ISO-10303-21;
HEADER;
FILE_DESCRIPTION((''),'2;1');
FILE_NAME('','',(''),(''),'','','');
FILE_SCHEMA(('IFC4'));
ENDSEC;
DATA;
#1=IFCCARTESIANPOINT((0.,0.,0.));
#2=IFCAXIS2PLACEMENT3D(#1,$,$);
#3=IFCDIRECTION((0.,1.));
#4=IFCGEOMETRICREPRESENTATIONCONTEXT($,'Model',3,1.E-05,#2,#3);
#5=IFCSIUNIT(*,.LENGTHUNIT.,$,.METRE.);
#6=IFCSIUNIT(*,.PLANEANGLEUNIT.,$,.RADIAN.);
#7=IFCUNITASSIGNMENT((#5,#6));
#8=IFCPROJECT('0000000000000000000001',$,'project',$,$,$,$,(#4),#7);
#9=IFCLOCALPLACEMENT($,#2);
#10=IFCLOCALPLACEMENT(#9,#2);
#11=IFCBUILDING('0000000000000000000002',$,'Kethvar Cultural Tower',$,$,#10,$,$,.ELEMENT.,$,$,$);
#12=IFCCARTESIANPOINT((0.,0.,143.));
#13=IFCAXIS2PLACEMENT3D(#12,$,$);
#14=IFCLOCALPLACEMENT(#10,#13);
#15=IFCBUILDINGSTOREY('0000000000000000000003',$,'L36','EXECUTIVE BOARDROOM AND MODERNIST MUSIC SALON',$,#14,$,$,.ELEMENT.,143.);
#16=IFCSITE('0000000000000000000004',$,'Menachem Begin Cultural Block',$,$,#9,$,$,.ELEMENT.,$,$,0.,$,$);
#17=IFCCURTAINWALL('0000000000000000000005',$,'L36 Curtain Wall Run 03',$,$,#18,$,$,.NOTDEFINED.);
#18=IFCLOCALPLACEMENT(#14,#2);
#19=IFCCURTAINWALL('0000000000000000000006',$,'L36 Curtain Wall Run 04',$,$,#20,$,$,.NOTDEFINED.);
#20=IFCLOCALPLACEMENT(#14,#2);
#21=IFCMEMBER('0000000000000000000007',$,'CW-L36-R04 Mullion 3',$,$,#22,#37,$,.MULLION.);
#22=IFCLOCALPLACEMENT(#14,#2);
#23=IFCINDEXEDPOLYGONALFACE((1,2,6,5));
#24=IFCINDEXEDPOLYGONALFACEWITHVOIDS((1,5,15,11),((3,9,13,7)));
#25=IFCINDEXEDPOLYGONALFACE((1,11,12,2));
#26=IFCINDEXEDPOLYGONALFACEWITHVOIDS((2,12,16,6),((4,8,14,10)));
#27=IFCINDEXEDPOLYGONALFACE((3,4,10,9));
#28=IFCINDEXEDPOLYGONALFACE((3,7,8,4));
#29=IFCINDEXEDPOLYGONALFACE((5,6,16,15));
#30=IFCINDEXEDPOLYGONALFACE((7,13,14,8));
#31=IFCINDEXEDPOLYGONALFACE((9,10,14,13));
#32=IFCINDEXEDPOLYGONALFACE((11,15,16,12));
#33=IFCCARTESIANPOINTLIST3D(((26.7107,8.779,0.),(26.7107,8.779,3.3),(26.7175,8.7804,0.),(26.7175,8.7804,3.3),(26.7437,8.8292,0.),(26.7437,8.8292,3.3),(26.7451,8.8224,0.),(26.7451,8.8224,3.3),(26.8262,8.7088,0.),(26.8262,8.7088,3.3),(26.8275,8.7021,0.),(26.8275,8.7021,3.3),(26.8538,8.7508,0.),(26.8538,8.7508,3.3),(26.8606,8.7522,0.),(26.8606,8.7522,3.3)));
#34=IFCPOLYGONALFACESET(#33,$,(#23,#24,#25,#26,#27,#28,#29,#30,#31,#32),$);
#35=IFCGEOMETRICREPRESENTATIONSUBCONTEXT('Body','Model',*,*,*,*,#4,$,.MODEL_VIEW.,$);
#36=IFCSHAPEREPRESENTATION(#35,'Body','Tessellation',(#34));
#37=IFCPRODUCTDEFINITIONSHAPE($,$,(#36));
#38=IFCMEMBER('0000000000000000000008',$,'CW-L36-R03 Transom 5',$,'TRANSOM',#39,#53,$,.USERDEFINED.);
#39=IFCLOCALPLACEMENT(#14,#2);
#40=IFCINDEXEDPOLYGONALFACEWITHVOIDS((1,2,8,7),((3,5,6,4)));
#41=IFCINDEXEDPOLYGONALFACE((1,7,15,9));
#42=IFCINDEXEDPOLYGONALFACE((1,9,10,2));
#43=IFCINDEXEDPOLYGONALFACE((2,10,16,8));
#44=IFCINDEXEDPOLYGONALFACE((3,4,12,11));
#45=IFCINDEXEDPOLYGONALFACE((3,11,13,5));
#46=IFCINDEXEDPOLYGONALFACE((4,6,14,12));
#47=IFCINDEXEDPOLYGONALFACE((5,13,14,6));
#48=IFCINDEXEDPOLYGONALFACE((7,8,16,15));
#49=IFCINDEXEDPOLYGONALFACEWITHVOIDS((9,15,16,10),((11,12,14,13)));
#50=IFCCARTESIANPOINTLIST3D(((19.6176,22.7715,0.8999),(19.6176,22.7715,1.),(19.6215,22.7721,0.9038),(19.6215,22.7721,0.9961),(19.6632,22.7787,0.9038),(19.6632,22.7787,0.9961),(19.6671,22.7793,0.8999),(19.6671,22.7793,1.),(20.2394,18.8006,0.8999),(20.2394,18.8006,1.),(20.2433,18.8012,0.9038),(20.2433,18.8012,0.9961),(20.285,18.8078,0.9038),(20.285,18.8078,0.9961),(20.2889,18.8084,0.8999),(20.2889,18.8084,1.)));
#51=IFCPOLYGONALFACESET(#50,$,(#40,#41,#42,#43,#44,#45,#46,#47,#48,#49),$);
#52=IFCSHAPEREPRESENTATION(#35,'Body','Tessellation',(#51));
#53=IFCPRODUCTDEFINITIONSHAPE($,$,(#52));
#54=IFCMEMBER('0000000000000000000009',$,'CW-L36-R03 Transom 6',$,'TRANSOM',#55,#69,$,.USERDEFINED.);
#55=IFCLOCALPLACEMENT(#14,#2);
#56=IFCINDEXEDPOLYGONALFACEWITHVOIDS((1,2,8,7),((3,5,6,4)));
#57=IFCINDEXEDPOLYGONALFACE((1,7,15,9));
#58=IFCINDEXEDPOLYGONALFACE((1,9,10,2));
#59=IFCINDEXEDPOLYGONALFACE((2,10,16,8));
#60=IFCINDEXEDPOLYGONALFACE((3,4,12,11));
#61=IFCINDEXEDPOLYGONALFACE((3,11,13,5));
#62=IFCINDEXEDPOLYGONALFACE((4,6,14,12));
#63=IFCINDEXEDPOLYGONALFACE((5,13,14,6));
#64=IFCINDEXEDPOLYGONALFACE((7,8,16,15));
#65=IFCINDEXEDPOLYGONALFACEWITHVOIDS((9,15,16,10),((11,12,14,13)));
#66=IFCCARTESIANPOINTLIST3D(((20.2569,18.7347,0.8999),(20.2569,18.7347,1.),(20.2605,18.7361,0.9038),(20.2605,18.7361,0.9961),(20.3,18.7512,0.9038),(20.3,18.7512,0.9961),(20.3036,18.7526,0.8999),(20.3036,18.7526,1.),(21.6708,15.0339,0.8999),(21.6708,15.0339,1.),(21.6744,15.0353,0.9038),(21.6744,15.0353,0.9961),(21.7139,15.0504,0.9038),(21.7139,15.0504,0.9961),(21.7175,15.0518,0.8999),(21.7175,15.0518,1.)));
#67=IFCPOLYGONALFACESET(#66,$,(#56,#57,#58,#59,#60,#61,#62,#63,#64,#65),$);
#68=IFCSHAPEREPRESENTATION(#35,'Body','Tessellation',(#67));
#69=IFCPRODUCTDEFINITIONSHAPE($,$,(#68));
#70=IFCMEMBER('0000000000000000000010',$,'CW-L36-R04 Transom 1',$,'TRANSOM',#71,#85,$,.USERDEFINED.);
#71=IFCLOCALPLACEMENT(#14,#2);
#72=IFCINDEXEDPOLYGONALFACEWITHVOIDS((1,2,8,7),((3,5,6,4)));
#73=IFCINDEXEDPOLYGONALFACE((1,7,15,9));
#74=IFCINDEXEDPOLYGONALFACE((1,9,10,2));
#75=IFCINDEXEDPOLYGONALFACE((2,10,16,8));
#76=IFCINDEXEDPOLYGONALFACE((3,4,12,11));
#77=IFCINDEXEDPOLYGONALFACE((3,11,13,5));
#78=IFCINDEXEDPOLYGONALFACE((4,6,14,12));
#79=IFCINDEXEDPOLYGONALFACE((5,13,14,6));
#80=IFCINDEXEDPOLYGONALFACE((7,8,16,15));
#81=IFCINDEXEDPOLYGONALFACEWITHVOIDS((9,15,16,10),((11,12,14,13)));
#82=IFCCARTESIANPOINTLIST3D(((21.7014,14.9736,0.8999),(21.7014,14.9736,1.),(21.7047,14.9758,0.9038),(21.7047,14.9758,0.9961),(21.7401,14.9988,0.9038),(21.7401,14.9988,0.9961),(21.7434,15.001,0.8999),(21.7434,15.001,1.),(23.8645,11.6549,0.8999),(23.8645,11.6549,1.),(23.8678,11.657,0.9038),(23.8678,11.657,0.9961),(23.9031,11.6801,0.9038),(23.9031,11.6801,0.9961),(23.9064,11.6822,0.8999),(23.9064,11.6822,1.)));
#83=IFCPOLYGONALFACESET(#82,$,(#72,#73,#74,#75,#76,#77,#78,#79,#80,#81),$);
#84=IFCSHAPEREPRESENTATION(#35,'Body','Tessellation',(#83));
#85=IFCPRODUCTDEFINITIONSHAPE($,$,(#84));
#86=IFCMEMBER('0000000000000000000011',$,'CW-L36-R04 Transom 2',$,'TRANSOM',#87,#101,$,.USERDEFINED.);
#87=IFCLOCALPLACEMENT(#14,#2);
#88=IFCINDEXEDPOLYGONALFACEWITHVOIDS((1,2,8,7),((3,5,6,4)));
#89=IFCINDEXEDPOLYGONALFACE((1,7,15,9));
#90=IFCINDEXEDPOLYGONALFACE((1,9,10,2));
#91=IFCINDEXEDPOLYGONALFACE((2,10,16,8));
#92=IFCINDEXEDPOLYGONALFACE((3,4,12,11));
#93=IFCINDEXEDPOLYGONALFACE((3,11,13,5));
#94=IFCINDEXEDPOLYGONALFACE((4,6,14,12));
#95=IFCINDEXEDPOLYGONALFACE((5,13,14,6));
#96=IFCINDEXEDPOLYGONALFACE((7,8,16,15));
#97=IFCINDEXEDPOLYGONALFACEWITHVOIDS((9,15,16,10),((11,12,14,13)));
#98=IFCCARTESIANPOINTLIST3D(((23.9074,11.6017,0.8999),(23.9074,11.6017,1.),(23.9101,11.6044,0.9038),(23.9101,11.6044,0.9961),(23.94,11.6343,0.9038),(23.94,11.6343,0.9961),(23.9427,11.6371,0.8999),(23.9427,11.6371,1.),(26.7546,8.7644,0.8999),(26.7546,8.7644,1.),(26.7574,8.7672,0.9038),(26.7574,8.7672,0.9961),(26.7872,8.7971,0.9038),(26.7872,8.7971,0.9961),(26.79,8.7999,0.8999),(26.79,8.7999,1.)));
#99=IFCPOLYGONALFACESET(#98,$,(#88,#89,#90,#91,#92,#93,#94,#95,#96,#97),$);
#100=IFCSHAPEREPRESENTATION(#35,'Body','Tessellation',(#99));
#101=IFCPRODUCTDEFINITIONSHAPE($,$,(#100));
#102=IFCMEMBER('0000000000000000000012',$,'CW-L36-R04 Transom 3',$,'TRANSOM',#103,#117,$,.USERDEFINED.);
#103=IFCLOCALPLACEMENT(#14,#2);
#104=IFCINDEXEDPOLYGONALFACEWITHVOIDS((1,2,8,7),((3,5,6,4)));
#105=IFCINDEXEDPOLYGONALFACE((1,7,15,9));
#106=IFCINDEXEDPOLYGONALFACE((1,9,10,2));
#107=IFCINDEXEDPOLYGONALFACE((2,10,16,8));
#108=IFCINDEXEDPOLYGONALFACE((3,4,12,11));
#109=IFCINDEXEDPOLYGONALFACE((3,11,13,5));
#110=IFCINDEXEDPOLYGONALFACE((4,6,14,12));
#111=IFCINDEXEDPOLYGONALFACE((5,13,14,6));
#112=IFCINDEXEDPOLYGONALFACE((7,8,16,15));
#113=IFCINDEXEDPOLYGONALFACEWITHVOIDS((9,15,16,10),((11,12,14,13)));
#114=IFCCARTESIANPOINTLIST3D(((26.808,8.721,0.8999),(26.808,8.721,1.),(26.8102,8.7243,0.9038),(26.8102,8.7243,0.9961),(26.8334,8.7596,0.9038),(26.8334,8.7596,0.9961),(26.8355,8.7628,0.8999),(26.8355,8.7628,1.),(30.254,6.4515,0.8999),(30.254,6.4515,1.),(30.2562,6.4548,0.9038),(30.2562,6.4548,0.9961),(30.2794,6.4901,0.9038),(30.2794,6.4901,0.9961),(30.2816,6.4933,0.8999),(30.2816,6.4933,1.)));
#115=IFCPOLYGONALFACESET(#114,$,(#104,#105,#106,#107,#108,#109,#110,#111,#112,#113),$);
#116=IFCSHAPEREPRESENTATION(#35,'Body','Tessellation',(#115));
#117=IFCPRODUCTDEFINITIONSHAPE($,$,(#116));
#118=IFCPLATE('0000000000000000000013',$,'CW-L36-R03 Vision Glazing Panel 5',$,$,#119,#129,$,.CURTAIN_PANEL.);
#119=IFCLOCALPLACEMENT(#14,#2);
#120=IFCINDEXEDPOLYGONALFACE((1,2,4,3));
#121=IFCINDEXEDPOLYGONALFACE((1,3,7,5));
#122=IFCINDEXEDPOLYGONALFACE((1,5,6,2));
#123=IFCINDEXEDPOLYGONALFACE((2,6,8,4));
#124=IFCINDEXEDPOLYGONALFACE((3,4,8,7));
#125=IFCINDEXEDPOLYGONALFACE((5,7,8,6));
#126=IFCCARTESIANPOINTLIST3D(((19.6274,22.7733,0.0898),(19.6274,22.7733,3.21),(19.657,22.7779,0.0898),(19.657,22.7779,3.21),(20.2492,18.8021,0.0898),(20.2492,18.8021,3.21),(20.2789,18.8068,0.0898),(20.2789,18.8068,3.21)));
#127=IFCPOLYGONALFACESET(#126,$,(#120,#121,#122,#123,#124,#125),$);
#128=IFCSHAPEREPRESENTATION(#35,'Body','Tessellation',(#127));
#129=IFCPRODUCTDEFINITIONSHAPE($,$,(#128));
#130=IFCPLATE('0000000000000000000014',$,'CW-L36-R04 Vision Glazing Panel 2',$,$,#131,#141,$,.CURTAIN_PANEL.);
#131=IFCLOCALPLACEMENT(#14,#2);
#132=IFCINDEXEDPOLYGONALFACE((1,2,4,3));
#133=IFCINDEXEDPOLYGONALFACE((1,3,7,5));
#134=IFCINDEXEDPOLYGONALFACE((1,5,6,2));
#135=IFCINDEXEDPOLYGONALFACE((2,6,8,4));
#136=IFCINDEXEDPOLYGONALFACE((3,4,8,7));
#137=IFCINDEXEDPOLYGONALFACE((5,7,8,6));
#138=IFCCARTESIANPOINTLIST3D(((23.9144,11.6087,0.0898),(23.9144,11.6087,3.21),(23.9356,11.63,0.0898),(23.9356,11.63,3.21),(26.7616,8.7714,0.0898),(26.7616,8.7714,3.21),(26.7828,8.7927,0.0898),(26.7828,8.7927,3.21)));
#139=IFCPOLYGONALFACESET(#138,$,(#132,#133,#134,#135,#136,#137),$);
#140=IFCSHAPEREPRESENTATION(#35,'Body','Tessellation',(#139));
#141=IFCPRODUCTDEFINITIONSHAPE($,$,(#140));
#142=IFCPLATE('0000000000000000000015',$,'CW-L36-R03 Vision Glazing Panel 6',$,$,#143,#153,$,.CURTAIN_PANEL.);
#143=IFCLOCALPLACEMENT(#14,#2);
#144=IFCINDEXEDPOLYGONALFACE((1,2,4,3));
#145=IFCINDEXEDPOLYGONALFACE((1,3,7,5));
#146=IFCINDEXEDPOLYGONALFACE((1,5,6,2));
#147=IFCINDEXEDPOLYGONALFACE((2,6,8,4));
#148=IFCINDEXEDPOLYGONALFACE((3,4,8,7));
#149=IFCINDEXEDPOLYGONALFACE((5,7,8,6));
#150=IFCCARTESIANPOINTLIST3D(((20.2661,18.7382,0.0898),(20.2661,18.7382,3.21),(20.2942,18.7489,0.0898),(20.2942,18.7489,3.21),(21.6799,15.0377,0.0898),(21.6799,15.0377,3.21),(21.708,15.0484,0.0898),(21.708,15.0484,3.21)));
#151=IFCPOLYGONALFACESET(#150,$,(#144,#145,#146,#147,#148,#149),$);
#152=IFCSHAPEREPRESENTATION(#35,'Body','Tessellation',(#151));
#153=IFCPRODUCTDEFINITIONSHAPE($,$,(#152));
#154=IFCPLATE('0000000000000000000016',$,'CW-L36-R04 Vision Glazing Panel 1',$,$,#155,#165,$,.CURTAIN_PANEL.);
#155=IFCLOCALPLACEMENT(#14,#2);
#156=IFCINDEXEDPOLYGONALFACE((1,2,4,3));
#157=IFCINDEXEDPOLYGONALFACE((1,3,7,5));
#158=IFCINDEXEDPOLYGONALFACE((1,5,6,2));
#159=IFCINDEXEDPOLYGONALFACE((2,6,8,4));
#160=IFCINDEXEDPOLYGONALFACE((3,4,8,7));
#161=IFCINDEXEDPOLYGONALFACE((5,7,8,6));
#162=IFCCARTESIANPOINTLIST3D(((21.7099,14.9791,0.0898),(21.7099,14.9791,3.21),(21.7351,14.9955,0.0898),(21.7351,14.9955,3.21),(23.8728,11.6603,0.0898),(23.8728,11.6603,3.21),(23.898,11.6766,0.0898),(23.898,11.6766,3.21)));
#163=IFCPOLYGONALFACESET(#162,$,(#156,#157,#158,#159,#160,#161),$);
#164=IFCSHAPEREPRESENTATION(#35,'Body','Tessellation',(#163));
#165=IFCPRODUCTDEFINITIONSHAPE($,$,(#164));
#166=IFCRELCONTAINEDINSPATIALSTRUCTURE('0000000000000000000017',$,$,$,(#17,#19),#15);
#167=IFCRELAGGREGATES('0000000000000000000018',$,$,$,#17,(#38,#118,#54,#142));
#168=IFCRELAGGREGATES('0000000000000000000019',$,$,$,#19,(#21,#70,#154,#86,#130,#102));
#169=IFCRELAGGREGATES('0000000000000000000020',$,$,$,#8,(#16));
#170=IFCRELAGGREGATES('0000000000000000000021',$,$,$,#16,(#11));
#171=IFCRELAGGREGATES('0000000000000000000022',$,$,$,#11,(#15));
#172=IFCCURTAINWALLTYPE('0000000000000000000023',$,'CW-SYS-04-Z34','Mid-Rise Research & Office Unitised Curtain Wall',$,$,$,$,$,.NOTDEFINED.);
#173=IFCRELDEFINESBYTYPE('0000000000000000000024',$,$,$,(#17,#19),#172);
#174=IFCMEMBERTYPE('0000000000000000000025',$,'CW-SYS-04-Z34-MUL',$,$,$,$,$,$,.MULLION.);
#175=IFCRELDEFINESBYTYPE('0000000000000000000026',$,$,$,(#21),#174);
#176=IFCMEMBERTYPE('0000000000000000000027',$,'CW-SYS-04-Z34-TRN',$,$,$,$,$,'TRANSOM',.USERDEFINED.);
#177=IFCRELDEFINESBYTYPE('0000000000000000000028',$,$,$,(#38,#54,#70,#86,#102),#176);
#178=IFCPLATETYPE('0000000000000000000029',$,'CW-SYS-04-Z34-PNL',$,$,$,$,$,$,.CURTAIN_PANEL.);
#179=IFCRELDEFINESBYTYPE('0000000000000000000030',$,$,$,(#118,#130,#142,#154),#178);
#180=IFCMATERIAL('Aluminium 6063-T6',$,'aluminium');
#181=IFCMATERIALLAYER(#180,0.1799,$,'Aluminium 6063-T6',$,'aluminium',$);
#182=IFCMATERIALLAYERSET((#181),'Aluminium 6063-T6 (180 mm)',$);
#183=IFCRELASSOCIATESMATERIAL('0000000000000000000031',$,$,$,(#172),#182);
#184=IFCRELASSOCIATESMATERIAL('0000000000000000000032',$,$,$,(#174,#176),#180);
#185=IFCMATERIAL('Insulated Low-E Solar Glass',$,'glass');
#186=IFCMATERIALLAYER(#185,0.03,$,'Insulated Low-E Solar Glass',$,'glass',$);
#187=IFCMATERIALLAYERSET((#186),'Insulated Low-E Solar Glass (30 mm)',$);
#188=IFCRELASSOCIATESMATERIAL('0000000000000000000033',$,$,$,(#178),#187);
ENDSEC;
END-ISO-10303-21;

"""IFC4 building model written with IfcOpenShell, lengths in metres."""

from ifc_helpers import new_model, si_unit, direction, frame, origin, origin_2d, place, context, subcontext, project, spatial, rectangle, hollow_rectangle, extrude, source, transform, mapped, material, layer, layer_set, material_profile, profile_set, type_object, element, aggregate, save


model = new_model("IFC4")

# Units and contexts
model_context = context("Model", 3, precision=1e-05, world=origin(), true_north=direction((0.0, 1.0)))
body_context = subcontext(model_context, "Body", "Model", "MODEL_VIEW")
ifc_project = project(units=[si_unit("LENGTHUNIT", "METRE"), si_unit("PLANEANGLEUNIT", "RADIAN")], contexts=[model_context])

# Site, building, storey
site_placement = place(None, origin())
site = spatial("IfcSite", under=ifc_project, at=site_placement, Name="Menachem Begin Cultural Block", CompositionType="ELEMENT", RefElevation=0.0)
building_placement = place(site_placement, origin())
building = spatial("IfcBuilding", under=site, at=building_placement, Name="Kethvar Cultural Tower", CompositionType="ELEMENT")
storey_placement = place(building_placement, frame((0.0, 0.0, 143.0)))
storey = spatial("IfcBuildingStorey", under=building, at=storey_placement, Name="L36", Description="EXECUTIVE BOARDROOM AND MODERNIST MUSIC SALON", CompositionType="ELEMENT", Elevation=143.0)

# Curtain walls, member
ifc_material_1 = material(Name="Aluminium 6063-T6", Category="aluminium")
ifc_layer_1 = layer(ifc_material_1, 0.1799, Name="Aluminium 6063-T6", Category="aluminium")
ifc_layer_set_1 = layer_set([ifc_layer_1], Name="Aluminium 6063-T6 (180 mm)")
curtain_wall_type = type_object("IfcCurtainWallType", Name="CW-SYS-04-Z34", Description="Mid-Rise Research & Office Unitised Curtain Wall", PredefinedType="NOTDEFINED", material=ifc_layer_set_1)
curtain_wall_1_placement = place(storey_placement, origin())
curtain_wall_1 = element("IfcCurtainWall", 1, at=curtain_wall_1_placement, inside=storey, type_object=curtain_wall_type, Name="L36 Curtain Wall Run 03", PredefinedType="NOTDEFINED")
ifc_material_profile_1 = material_profile(ifc_material_1, hollow_rectangle(XDim=0.0601, YDim=0.1399, WallThickness=0.0049, at=origin_2d()), Name="Aluminium 6063-T6 — RHS140x60x5")
ifc_profile_set_1 = profile_set([ifc_material_profile_1], Name="Aluminium 6063-T6 — RHS140x60x5")
member_type_1 = type_object("IfcMemberType", Name="CW-SYS-04-Z34-MUL", PredefinedType="MULLION", material=ifc_profile_set_1)
shared_shape_1 = source(origin(), body_context, "Body", "SweptSolid", [
    extrude(hollow_rectangle(XDim=0.0601, YDim=0.1399, WallThickness=0.0049, at=origin_2d()), origin(), (0.0, 0.0, 1.0), 3.3),
])
curtain_wall_2_placement = place(storey_placement, origin())
curtain_wall_2 = element("IfcCurtainWall", 2, at=curtain_wall_2_placement, inside=storey, type_object=curtain_wall_type, Name="L36 Curtain Wall Run 04", PredefinedType="NOTDEFINED")
member_1_placement = place(storey_placement, frame((26.7856, 8.7656, 0.0), z_axis=(0.0, 0.0, 1.0), x_axis=(0.550014, 0.835155, 0.0)))
member_1 = element("IfcMember", 3, at=member_1_placement, type_object=member_type_1, Name="CW-L36-R04 Mullion 3", PredefinedType="MULLION", context=body_context, shape_type="MappedRepresentation", body=[
    mapped(shared_shape_1, transform((0.0, 0.0, 0.0), scale=1.0)),
])

# Members
ifc_material_profile_2 = material_profile(ifc_material_1, hollow_rectangle(XDim=0.05, YDim=0.1001, WallThickness=0.0039, at=origin_2d()), Name="Aluminium 6063-T6 — RHS100x50x4")
ifc_profile_set_2 = profile_set([ifc_material_profile_2], Name="Aluminium 6063-T6 — RHS100x50x4")
member_type_2 = type_object("IfcMemberType", Name="CW-SYS-04-Z34-TRN", ElementType="TRANSOM", PredefinedType="USERDEFINED", material=ifc_profile_set_2)
shared_shape_2 = source(origin(), body_context, "Body", "SweptSolid", [
    extrude(hollow_rectangle(XDim=0.05, YDim=0.1001, WallThickness=0.0039, at=origin_2d()), origin(), (0.0, 0.0, 1.0), 4.0193),
])
member_2_placement = place(storey_placement, frame((19.6423, 22.7754, 0.95), z_axis=(0.154709, -0.98796, 0.0), x_axis=(0.98796, 0.154709, 0.0)))
member_2 = element("IfcMember", 4, at=member_2_placement, type_object=member_type_2, Name="CW-L36-R03 Transom 5", ObjectType="TRANSOM", PredefinedType="USERDEFINED", context=body_context, shape_type="MappedRepresentation", body=[
    mapped(shared_shape_2, transform((0.0, 0.0, 0.0), scale=1.0)),
])
shared_shape_3 = source(origin(), body_context, "Body", "SweptSolid", [
    extrude(hollow_rectangle(XDim=0.05, YDim=0.1001, WallThickness=0.0039, at=origin_2d()), origin(), (0.0, 0.0, 1.0), 3.9617),
])
member_3_placement = place(storey_placement, frame((20.2803, 18.7437, 0.95), z_axis=(0.356884, -0.934149, 0.0), x_axis=(0.934149, 0.356884, 0.0)))
member_3 = element("IfcMember", 5, at=member_3_placement, type_object=member_type_2, Name="CW-L36-R03 Transom 6", ObjectType="TRANSOM", PredefinedType="USERDEFINED", context=body_context, shape_type="MappedRepresentation", body=[
    mapped(shared_shape_3, transform((0.0, 0.0, 0.0), scale=1.0)),
])
shared_shape_4 = source(origin(), body_context, "Body", "SweptSolid", [
    extrude(hollow_rectangle(XDim=0.05, YDim=0.1001, WallThickness=0.0039, at=origin_2d()), origin(), (0.0, 0.0, 1.0), 3.9614),
])
member_4_placement = place(storey_placement, frame((21.7224, 14.9873, 0.95), z_axis=(0.546023, -0.83777, 0.0), x_axis=(0.83777, 0.546023, 0.0)))
member_4 = element("IfcMember", 6, at=member_4_placement, type_object=member_type_2, Name="CW-L36-R04 Transom 1", ObjectType="TRANSOM", PredefinedType="USERDEFINED", context=body_context, shape_type="MappedRepresentation", body=[
    mapped(shared_shape_4, transform((0.0, 0.0, 0.0), scale=1.0)),
])
shared_shape_5 = source(origin(), body_context, "Body", "SweptSolid", [
    extrude(hollow_rectangle(XDim=0.05, YDim=0.1001, WallThickness=0.0039, at=origin_2d()), origin(), (0.0, 0.0, 1.0), 4.0195),
])
member_5_placement = place(storey_placement, frame((23.925, 11.6194, 0.95), z_axis=(0.708351, -0.705861, 0.0), x_axis=(0.705861, 0.708351, 0.0)))
member_5 = element("IfcMember", 7, at=member_5_placement, type_object=member_type_2, Name="CW-L36-R04 Transom 2", ObjectType="TRANSOM", PredefinedType="USERDEFINED", context=body_context, shape_type="MappedRepresentation", body=[
    mapped(shared_shape_5, transform((0.0, 0.0, 0.0), scale=1.0)),
])
shared_shape_6 = source(origin(), body_context, "Body", "SweptSolid", [
    extrude(hollow_rectangle(XDim=0.05, YDim=0.1001, WallThickness=0.0039, at=origin_2d()), origin(), (0.0, 0.0, 1.0), 4.1262),
])
member_6_placement = place(storey_placement, frame((26.8218, 8.7419, 0.95), z_axis=(0.83515, -0.550022, 0.0), x_axis=(0.550022, 0.83515, 0.0)))
member_6 = element("IfcMember", 8, at=member_6_placement, type_object=member_type_2, Name="CW-L36-R04 Transom 3", ObjectType="TRANSOM", PredefinedType="USERDEFINED", context=body_context, shape_type="MappedRepresentation", body=[
    mapped(shared_shape_6, transform((0.0, 0.0, 0.0), scale=1.0)),
])

# Plates
ifc_material_2 = material(Name="Insulated Low-E Solar Glass", Category="glass")
ifc_layer_2 = layer(ifc_material_2, 0.03, Name="Insulated Low-E Solar Glass", Category="glass")
ifc_layer_set_2 = layer_set([ifc_layer_2], Name="Insulated Low-E Solar Glass (30 mm)")
plate_type = type_object("IfcPlateType", Name="CW-SYS-04-Z34-PNL", PredefinedType="CURTAIN_PANEL", material=ifc_layer_set_2)
shared_shape_7 = source(origin(), body_context, "Body", "SweptSolid", [
    extrude(rectangle(XDim=4.0195, YDim=0.03, at=origin_2d()), origin(), (0.0, 0.0, 1.0), 3.1201),
])
plate_1_placement = place(storey_placement, frame((19.9531, 20.79, 0.0898), z_axis=(0.0, 0.0, 1.0), x_axis=(0.15471, -0.98796, 0.0)))
plate_1 = element("IfcPlate", 9, at=plate_1_placement, type_object=plate_type, Name="CW-L36-R03 Vision Glazing Panel 5", PredefinedType="CURTAIN_PANEL", context=body_context, shape_type="MappedRepresentation", body=[
    mapped(shared_shape_7, transform((0.0, 0.0, 0.0), scale=1.0)),
])
plate_2_placement = place(storey_placement, frame((25.3486, 10.2007, 0.0898), z_axis=(0.0, 0.0, 1.0), x_axis=(0.70834, -0.705872, 0.0)))
plate_2 = element("IfcPlate", 10, at=plate_2_placement, type_object=plate_type, Name="CW-L36-R04 Vision Glazing Panel 2", PredefinedType="CURTAIN_PANEL", context=body_context, shape_type="MappedRepresentation", body=[
    mapped(shared_shape_7, transform((0.0, 0.0, 0.0), scale=1.0)),
])
shared_shape_8 = source(origin(), body_context, "Body", "SweptSolid", [
    extrude(rectangle(XDim=3.9614, YDim=0.03, at=origin_2d()), origin(), (0.0, 0.0, 1.0), 3.1201),
])
plate_3_placement = place(storey_placement, frame((20.9871, 16.8933, 0.0898), z_axis=(0.0, 0.0, 1.0), x_axis=(0.356885, -0.934148, 0.0)))
plate_3 = element("IfcPlate", 11, at=plate_3_placement, type_object=plate_type, Name="CW-L36-R03 Vision Glazing Panel 6", PredefinedType="CURTAIN_PANEL", context=body_context, shape_type="MappedRepresentation", body=[
    mapped(shared_shape_8, transform((0.0, 0.0, 0.0), scale=1.0)),
])
aggregate(curtain_wall_1, [member_2, plate_1, member_3, plate_3])
plate_4_placement = place(storey_placement, frame((22.804, 13.3279, 0.0898), z_axis=(0.0, 0.0, 1.0), x_axis=(0.545985, -0.837795, 0.0)))
plate_4 = element("IfcPlate", 12, at=plate_4_placement, type_object=plate_type, Name="CW-L36-R04 Vision Glazing Panel 1", PredefinedType="CURTAIN_PANEL", context=body_context, shape_type="MappedRepresentation", body=[
    mapped(shared_shape_8, transform((0.0, 0.0, 0.0), scale=1.0)),
])
aggregate(curtain_wall_2, [member_1, member_4, plate_4, member_5, plate_2, member_6])

save(model, "model.ifc")
